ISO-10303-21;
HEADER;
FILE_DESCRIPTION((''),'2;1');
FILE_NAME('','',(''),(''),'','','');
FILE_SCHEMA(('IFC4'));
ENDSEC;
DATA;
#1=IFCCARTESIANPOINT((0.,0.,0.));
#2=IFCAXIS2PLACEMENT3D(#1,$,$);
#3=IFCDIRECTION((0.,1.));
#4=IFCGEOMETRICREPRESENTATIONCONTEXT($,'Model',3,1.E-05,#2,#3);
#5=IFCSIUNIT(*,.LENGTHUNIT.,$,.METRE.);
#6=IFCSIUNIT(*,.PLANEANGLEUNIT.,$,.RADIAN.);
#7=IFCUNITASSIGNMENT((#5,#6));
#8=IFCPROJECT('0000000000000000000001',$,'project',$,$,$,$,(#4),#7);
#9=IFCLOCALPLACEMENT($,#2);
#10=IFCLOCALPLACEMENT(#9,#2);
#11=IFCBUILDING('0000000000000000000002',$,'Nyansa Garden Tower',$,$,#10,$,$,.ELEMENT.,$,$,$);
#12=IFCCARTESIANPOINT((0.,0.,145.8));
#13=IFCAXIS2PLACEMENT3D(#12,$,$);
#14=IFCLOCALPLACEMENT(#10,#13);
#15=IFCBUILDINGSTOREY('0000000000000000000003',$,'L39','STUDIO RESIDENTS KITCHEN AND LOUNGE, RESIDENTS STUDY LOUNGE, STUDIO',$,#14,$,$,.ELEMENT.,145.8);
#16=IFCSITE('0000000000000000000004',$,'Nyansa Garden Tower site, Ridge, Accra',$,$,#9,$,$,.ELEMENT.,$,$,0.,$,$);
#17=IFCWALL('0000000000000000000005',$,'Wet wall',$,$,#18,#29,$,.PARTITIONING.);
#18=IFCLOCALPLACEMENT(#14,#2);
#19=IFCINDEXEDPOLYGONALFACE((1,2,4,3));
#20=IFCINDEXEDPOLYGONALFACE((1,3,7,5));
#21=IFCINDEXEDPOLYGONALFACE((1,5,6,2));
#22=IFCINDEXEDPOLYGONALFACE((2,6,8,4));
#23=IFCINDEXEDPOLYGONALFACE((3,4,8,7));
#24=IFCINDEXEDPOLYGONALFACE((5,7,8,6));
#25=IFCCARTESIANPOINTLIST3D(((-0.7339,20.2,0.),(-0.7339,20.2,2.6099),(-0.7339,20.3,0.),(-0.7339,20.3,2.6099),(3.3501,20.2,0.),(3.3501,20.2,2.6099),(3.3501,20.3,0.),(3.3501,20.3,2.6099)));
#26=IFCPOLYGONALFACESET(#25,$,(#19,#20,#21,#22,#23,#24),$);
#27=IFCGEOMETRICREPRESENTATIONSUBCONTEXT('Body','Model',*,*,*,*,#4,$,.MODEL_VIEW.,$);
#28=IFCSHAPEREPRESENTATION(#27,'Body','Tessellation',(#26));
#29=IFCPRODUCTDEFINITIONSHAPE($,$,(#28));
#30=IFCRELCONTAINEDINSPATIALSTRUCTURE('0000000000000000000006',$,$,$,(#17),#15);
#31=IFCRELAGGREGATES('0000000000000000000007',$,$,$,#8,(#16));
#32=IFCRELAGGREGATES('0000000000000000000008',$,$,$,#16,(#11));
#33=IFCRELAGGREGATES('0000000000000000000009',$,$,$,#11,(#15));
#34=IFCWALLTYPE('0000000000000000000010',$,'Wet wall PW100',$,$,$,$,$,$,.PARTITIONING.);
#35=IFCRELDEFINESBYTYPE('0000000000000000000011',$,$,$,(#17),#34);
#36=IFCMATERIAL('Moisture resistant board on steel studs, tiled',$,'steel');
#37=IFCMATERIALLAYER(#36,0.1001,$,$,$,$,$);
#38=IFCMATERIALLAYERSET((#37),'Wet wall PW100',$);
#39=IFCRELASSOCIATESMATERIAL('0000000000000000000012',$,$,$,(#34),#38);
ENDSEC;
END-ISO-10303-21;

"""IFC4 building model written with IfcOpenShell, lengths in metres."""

from ifc_helpers import new_model, si_unit, direction, frame, frame_2d, origin, place, context, subcontext, project, spatial, rectangle, extrude, material, layer, layer_set, type_object, element, save


model = new_model("IFC4")

# Units and contexts
model_context = context("Model", 3, precision=1e-05, world=origin(), true_north=direction((0.0, 1.0)))
body_context = subcontext(model_context, "Body", "Model", "MODEL_VIEW")
ifc_project = project(units=[si_unit("LENGTHUNIT", "METRE"), si_unit("PLANEANGLEUNIT", "RADIAN")], contexts=[model_context])

# Site, building, storey
site_placement = place(None, origin())
site = spatial("IfcSite", under=ifc_project, at=site_placement, Name="Nyansa Garden Tower site, Ridge, Accra", CompositionType="ELEMENT", RefElevation=0.0)
building_placement = place(site_placement, origin())
building = spatial("IfcBuilding", under=site, at=building_placement, Name="Nyansa Garden Tower", CompositionType="ELEMENT")
storey_placement = place(building_placement, frame((0.0, 0.0, 145.8)))
storey = spatial("IfcBuildingStorey", under=building, at=storey_placement, Name="L39", Description="STUDIO RESIDENTS KITCHEN AND LOUNGE, RESIDENTS STUDY LOUNGE, STUDIO", CompositionType="ELEMENT", Elevation=145.8)

# Wall
ifc_material_1 = material(Name="Moisture resistant board on steel studs, tiled", Category="steel")
ifc_layer_1 = layer(ifc_material_1, 0.1001)
ifc_layer_set_1 = layer_set([ifc_layer_1], Name="Wet wall PW100")
wall_type = type_object("IfcWallType", Name="Wet wall PW100", PredefinedType="PARTITIONING", material=ifc_layer_set_1)
wall_1_placement = place(storey_placement, frame((-0.7339, 20.25, 0.0), z_axis=(0.0, 0.0, 1.0), x_axis=(1.0, 0.0, 0.0)))
element("IfcWall", 1, at=wall_1_placement, inside=storey, type_object=wall_type, Name="Wet wall", PredefinedType="PARTITIONING", context=body_context, shape_type="SweptSolid", body=[
    extrude(rectangle(XDim=4.084, YDim=0.1001, at=frame_2d((2.042, 0.0))), origin(), (0.0, 0.0, 1.0), 2.6099),
])

save(model, "model.ifc")
